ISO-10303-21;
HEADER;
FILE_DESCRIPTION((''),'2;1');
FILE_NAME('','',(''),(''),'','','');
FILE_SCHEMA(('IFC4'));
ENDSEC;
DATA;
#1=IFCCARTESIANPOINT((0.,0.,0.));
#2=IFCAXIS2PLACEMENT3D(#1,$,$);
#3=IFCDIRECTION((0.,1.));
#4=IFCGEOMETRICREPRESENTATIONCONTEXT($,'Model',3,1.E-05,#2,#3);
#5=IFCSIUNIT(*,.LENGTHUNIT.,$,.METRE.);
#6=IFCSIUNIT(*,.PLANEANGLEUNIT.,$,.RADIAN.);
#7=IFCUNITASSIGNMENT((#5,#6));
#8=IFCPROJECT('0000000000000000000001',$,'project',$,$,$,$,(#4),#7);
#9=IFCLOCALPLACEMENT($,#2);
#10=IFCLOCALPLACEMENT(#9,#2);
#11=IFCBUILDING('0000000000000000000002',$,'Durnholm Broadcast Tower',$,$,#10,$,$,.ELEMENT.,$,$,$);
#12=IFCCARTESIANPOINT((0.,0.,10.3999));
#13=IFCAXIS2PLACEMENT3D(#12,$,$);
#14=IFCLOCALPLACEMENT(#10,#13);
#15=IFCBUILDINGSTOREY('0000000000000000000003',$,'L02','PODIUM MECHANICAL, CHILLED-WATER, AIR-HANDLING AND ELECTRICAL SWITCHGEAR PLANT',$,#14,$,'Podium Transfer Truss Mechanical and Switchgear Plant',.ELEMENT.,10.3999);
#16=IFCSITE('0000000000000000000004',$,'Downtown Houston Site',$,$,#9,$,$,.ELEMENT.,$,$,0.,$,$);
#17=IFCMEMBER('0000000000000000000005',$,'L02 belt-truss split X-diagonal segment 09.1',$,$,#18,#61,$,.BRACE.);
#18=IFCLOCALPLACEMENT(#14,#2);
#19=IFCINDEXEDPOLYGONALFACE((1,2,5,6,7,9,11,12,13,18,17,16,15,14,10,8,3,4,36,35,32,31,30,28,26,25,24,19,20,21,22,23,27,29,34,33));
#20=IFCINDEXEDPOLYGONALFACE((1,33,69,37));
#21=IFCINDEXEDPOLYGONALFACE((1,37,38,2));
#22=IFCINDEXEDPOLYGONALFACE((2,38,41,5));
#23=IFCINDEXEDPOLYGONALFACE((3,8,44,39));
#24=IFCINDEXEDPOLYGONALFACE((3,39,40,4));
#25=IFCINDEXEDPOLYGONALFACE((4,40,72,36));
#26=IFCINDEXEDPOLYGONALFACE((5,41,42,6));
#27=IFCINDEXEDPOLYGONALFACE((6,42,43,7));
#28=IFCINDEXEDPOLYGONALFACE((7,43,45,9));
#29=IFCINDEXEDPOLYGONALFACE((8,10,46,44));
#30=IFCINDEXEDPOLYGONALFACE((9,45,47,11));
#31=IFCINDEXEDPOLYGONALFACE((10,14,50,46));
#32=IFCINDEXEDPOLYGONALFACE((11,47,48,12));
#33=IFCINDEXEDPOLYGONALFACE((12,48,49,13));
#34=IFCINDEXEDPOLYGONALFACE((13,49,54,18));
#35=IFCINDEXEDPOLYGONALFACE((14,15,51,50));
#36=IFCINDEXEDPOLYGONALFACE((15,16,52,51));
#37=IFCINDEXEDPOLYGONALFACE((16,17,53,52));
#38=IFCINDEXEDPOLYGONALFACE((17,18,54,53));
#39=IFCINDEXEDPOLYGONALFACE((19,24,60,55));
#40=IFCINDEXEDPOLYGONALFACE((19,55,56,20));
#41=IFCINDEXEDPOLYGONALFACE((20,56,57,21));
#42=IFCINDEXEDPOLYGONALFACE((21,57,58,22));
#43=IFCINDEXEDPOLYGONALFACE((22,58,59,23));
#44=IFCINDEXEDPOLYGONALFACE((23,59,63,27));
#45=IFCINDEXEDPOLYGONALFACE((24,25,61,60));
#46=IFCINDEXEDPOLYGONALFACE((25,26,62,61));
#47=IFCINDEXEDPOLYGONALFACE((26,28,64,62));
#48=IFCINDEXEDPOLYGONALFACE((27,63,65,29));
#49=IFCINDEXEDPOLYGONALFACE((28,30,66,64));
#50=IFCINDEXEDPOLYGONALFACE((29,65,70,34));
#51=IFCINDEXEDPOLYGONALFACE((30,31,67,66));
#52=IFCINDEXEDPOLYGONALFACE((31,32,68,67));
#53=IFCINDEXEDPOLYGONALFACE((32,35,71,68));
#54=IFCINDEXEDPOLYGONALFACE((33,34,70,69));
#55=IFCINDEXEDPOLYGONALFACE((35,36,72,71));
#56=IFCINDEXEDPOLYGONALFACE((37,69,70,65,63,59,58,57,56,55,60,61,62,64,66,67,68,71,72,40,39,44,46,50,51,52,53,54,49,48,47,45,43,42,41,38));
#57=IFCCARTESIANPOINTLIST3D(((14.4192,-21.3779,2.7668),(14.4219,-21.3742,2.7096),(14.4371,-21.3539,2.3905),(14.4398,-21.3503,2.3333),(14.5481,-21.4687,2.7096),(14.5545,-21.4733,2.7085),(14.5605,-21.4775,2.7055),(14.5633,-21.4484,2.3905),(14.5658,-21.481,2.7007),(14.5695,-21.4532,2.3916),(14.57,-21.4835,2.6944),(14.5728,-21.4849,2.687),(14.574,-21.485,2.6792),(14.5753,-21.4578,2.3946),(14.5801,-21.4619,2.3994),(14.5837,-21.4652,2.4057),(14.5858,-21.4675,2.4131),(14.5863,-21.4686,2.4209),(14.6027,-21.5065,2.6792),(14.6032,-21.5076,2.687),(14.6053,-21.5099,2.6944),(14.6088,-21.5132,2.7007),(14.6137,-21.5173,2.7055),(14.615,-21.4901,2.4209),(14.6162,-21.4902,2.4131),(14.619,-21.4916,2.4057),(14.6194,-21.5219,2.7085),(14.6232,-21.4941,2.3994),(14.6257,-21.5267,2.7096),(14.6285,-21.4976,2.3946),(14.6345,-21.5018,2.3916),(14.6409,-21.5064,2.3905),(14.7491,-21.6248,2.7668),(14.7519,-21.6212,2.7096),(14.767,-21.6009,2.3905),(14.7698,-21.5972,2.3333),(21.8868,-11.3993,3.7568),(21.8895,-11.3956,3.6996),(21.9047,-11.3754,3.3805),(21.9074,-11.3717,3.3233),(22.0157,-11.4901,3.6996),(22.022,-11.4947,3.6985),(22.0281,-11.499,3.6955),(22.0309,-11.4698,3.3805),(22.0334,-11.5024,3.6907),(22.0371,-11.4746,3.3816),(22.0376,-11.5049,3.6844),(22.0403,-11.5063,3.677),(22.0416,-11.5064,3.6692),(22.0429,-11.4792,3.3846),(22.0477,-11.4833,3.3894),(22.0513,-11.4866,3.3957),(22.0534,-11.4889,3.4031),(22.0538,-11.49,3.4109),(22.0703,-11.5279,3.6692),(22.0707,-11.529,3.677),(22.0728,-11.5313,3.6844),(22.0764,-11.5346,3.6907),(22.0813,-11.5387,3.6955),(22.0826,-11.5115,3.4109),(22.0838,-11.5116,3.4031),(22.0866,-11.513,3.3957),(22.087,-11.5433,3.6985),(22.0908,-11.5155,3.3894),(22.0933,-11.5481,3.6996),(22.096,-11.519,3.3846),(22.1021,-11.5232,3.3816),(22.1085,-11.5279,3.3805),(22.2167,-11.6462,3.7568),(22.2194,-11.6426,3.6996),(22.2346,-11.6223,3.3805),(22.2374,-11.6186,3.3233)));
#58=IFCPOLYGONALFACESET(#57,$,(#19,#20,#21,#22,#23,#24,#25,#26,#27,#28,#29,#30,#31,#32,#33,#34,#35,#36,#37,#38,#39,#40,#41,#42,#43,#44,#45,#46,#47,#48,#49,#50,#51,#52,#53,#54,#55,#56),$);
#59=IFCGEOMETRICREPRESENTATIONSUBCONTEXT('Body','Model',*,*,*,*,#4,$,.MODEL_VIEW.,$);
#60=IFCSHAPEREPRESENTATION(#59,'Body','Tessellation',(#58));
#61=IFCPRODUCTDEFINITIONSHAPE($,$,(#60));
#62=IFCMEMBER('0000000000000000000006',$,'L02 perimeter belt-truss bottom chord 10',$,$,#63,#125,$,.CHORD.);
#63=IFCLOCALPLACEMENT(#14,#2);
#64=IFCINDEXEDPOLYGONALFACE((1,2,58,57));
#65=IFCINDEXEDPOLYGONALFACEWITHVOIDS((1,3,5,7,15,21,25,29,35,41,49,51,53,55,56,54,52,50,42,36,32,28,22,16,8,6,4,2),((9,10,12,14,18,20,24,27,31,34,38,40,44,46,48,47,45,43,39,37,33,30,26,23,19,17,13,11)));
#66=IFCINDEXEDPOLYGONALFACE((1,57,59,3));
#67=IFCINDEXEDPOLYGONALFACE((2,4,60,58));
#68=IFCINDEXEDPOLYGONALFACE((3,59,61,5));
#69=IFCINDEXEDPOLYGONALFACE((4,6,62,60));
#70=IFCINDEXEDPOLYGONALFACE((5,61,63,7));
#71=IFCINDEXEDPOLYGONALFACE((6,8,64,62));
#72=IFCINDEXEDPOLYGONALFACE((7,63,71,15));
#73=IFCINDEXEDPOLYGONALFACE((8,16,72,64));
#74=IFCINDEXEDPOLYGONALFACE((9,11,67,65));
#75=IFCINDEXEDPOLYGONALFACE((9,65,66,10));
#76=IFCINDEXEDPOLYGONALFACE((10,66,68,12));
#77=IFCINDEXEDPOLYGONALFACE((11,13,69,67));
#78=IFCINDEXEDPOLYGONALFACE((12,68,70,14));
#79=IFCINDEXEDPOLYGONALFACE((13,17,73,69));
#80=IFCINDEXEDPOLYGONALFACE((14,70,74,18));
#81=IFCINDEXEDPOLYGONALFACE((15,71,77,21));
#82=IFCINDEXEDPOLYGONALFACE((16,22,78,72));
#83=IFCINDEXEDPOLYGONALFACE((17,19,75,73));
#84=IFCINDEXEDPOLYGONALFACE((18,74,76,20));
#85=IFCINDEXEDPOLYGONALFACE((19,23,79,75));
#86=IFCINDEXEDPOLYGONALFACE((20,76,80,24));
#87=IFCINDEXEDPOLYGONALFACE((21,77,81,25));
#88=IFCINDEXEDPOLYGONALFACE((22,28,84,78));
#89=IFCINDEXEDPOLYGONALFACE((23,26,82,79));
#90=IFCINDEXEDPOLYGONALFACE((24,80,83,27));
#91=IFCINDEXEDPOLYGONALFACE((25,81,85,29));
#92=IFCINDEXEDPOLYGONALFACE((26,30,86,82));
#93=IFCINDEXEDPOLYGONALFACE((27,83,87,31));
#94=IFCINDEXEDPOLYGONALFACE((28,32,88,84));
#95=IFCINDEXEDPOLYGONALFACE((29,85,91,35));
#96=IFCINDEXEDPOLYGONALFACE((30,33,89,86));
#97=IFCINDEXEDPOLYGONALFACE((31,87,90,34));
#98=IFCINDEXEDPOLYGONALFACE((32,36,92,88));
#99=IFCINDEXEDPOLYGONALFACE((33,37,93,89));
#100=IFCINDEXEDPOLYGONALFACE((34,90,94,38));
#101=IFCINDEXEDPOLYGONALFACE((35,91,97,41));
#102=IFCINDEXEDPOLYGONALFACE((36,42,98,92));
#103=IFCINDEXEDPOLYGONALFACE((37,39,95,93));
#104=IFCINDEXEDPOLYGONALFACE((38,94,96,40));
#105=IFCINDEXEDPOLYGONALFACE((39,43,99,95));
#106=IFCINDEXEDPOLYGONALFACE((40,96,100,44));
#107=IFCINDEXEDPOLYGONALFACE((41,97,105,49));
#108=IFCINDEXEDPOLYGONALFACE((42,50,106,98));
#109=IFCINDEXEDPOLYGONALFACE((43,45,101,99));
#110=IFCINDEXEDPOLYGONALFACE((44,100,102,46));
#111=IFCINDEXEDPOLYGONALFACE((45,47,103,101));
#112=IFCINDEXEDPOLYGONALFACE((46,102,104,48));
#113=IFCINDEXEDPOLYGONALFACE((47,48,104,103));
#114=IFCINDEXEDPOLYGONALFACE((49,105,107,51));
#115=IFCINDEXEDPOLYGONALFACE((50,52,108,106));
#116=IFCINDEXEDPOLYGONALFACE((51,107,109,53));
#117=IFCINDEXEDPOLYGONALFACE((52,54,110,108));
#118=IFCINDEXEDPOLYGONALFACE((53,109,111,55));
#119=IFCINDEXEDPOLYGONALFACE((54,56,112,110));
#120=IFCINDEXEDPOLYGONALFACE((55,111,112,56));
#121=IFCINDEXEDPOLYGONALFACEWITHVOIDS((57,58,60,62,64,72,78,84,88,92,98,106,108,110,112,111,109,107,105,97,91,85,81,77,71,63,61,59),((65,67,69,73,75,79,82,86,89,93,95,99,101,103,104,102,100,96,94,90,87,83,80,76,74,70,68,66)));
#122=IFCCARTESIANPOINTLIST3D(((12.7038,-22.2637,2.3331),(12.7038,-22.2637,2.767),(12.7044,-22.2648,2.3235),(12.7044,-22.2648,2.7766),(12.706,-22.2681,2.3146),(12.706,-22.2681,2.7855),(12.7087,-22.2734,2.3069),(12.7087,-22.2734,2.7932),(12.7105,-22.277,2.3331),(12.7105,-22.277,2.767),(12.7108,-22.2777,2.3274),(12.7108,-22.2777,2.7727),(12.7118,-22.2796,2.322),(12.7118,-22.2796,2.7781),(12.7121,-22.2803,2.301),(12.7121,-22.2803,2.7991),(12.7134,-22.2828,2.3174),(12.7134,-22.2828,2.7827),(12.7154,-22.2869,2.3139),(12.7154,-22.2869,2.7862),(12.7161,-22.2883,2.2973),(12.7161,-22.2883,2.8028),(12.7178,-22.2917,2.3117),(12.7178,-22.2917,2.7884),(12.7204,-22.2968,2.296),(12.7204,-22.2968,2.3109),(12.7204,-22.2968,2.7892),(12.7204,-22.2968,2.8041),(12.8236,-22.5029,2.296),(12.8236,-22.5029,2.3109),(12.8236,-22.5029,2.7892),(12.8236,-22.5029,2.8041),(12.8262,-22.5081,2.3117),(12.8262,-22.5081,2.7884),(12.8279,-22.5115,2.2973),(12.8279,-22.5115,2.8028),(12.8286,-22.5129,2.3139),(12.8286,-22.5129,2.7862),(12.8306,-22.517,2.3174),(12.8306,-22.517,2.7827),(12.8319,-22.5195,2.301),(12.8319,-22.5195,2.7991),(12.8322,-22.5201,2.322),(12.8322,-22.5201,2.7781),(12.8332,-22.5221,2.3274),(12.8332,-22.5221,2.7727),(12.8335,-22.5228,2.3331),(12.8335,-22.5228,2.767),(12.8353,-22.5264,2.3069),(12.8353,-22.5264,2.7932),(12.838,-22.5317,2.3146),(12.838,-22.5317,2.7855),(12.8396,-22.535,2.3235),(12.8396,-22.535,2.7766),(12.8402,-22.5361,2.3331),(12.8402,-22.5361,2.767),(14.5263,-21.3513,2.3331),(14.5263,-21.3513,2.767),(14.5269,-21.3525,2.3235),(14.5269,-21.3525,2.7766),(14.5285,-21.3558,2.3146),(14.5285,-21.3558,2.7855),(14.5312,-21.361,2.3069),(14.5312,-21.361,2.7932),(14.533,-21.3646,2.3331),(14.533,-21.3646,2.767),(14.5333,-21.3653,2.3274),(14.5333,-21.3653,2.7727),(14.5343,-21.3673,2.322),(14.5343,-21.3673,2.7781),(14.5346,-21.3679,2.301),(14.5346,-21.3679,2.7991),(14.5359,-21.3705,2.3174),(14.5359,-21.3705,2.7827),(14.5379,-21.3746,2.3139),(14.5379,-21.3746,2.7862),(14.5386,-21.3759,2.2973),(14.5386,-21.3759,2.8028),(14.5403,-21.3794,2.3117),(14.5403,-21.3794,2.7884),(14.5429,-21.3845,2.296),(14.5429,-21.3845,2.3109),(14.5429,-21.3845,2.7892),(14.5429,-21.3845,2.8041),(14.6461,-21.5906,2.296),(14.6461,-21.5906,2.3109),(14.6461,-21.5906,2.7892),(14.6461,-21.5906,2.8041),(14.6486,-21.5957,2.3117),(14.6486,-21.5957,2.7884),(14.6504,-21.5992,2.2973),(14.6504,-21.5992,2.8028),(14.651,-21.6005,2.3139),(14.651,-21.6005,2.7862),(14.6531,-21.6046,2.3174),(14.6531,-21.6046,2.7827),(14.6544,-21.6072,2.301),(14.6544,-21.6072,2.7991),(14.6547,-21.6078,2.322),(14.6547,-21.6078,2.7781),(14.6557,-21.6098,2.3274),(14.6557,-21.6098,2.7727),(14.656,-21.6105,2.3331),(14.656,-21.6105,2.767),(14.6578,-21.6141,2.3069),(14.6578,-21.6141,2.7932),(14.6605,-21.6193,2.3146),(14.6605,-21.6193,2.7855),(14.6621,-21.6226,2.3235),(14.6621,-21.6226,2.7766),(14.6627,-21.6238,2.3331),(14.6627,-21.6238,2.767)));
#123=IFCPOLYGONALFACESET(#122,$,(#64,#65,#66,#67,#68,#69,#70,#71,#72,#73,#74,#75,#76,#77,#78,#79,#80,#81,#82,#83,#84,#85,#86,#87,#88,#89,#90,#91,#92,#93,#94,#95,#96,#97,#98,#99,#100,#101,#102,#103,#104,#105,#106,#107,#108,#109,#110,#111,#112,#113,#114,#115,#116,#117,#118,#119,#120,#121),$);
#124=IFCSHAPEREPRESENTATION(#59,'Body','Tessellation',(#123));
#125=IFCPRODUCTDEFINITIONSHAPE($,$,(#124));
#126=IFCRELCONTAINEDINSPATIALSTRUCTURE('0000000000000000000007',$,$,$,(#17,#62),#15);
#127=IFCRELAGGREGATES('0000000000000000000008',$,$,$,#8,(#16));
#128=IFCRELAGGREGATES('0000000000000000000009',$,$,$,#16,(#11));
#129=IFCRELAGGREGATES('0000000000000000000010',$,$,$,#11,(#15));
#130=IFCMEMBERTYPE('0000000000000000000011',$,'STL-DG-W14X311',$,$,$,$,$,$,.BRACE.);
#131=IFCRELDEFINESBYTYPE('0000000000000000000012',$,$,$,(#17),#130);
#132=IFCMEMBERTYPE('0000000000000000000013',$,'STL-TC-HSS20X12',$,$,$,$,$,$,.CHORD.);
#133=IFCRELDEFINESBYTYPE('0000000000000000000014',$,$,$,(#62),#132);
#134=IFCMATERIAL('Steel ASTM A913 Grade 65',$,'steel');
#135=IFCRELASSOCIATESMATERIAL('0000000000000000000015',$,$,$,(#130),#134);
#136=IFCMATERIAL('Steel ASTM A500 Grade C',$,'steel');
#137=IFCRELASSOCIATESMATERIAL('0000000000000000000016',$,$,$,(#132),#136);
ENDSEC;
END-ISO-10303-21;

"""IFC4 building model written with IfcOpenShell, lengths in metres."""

from ifc_helpers import new_model, si_unit, direction, frame, origin, origin_2d, place, context, subcontext, project, spatial, hollow_rectangle, i_section, extrude, source, transform, mapped, material, material_profile, profile_set, type_object, type_shapes, element, save


model = new_model("IFC4")

# Units and contexts
model_context = context("Model", 3, precision=1e-05, world=origin(), true_north=direction((0.0, 1.0)))
body_context = subcontext(model_context, "Body", "Model", "MODEL_VIEW")
ifc_project = project(units=[si_unit("LENGTHUNIT", "METRE"), si_unit("PLANEANGLEUNIT", "RADIAN")], contexts=[model_context])

# Site, building, storey
site_placement = place(None, origin())
site = spatial("IfcSite", under=ifc_project, at=site_placement, Name="Downtown Houston Site", CompositionType="ELEMENT", RefElevation=0.0)
building_placement = place(site_placement, origin())
building = spatial("IfcBuilding", under=site, at=building_placement, Name="Durnholm Broadcast Tower", CompositionType="ELEMENT")
storey_placement = place(building_placement, frame((0.0, 0.0, 10.3999)))
storey = spatial("IfcBuildingStorey", under=building, at=storey_placement, Name="L02", Description="PODIUM MECHANICAL, CHILLED-WATER, AIR-HANDLING AND ELECTRICAL SWITCHGEAR PLANT", LongName="Podium Transfer Truss Mechanical and Switchgear Plant", CompositionType="ELEMENT", Elevation=10.3999)

# Shared definitions
ifc_material_1 = material(Name="Steel ASTM A913 Grade 65", Category="steel")

# Members
ifc_material_profile_1 = material_profile(ifc_material_1, i_section(OverallWidth=0.4121, OverallDepth=0.4348, WebThickness=0.0359, FlangeThickness=0.0574, FilletRadius=0.0305, at=origin_2d()), Name="W14X311")
ifc_profile_set_1 = profile_set([ifc_material_profile_1], Name="Steel ASTM A913 Grade 65")
member_type_1 = type_object("IfcMemberType", Name="STL-DG-W14X311", PredefinedType="BRACE", material=ifc_profile_set_1)
shared_shape_1 = source(origin(), body_context, "Body", "SweptSolid", [
    extrude(i_section(OverallWidth=0.4121, OverallDepth=0.4348, WebThickness=0.0359, FlangeThickness=0.0574, FilletRadius=0.0305, at=origin_2d()), origin(), (0.0, 0.0, 1.0), 12.5027),
])
type_shapes(member_type_1, [shared_shape_1])
member_1_placement = place(storey_placement, frame((14.5945, -21.4875, 2.55), z_axis=(0.597278, 0.798116, 0.079183), x_axis=(-0.80063, 0.59916, 0.0)))
element("IfcMember", 1, at=member_1_placement, inside=storey, type_object=member_type_1, Name="L02 belt-truss split X-diagonal segment 09.1", PredefinedType="BRACE", context=body_context, shape_type="MappedRepresentation", body=[
    mapped(shared_shape_1, transform((0.0, 0.0, 0.0), x_axis=(1.0, 0.0, 0.0), y_axis=(0.0, 1.0, 0.0), z_axis=(0.0, 0.0, 1.0), scale=1.0)),
])
ifc_material_2 = material(Name="Steel ASTM A500 Grade C", Category="steel")
ifc_material_profile_2 = material_profile(ifc_material_2, hollow_rectangle(XDim=0.3047, YDim=0.5081, WallThickness=0.0149, InnerFilletRadius=0.0222, OuterFilletRadius=0.0371, at=origin_2d()), Name="HSS20X12X5/8")
ifc_profile_set_2 = profile_set([ifc_material_profile_2], Name="Steel ASTM A500 Grade C")
member_type_2 = type_object("IfcMemberType", Name="STL-TC-HSS20X12", PredefinedType="CHORD", material=ifc_profile_set_2)
shared_shape_2 = source(origin(), body_context, "Body", "SweptSolid", [
    extrude(hollow_rectangle(XDim=0.3047, YDim=0.5081, WallThickness=0.0149, InnerFilletRadius=0.0222, OuterFilletRadius=0.0371, at=origin_2d()), origin(), (0.0, 0.0, 1.0), 2.0381),
])
type_shapes(member_type_2, [shared_shape_2])
member_2_placement = place(storey_placement, frame((14.5945, -21.4875, 2.55), z_axis=(-0.894211, -0.447645, 0.0), x_axis=(0.447645, -0.894211, 0.0)))
element("IfcMember", 2, at=member_2_placement, inside=storey, type_object=member_type_2, Name="L02 perimeter belt-truss bottom chord 10", PredefinedType="CHORD", context=body_context, shape_type="MappedRepresentation", body=[
    mapped(shared_shape_2, transform((0.0, 0.0, 0.0), x_axis=(1.0, 0.0, 0.0), y_axis=(0.0, 1.0, 0.0), z_axis=(0.0, 0.0, 1.0), scale=1.0)),
])

save(model, "model.ifc")
